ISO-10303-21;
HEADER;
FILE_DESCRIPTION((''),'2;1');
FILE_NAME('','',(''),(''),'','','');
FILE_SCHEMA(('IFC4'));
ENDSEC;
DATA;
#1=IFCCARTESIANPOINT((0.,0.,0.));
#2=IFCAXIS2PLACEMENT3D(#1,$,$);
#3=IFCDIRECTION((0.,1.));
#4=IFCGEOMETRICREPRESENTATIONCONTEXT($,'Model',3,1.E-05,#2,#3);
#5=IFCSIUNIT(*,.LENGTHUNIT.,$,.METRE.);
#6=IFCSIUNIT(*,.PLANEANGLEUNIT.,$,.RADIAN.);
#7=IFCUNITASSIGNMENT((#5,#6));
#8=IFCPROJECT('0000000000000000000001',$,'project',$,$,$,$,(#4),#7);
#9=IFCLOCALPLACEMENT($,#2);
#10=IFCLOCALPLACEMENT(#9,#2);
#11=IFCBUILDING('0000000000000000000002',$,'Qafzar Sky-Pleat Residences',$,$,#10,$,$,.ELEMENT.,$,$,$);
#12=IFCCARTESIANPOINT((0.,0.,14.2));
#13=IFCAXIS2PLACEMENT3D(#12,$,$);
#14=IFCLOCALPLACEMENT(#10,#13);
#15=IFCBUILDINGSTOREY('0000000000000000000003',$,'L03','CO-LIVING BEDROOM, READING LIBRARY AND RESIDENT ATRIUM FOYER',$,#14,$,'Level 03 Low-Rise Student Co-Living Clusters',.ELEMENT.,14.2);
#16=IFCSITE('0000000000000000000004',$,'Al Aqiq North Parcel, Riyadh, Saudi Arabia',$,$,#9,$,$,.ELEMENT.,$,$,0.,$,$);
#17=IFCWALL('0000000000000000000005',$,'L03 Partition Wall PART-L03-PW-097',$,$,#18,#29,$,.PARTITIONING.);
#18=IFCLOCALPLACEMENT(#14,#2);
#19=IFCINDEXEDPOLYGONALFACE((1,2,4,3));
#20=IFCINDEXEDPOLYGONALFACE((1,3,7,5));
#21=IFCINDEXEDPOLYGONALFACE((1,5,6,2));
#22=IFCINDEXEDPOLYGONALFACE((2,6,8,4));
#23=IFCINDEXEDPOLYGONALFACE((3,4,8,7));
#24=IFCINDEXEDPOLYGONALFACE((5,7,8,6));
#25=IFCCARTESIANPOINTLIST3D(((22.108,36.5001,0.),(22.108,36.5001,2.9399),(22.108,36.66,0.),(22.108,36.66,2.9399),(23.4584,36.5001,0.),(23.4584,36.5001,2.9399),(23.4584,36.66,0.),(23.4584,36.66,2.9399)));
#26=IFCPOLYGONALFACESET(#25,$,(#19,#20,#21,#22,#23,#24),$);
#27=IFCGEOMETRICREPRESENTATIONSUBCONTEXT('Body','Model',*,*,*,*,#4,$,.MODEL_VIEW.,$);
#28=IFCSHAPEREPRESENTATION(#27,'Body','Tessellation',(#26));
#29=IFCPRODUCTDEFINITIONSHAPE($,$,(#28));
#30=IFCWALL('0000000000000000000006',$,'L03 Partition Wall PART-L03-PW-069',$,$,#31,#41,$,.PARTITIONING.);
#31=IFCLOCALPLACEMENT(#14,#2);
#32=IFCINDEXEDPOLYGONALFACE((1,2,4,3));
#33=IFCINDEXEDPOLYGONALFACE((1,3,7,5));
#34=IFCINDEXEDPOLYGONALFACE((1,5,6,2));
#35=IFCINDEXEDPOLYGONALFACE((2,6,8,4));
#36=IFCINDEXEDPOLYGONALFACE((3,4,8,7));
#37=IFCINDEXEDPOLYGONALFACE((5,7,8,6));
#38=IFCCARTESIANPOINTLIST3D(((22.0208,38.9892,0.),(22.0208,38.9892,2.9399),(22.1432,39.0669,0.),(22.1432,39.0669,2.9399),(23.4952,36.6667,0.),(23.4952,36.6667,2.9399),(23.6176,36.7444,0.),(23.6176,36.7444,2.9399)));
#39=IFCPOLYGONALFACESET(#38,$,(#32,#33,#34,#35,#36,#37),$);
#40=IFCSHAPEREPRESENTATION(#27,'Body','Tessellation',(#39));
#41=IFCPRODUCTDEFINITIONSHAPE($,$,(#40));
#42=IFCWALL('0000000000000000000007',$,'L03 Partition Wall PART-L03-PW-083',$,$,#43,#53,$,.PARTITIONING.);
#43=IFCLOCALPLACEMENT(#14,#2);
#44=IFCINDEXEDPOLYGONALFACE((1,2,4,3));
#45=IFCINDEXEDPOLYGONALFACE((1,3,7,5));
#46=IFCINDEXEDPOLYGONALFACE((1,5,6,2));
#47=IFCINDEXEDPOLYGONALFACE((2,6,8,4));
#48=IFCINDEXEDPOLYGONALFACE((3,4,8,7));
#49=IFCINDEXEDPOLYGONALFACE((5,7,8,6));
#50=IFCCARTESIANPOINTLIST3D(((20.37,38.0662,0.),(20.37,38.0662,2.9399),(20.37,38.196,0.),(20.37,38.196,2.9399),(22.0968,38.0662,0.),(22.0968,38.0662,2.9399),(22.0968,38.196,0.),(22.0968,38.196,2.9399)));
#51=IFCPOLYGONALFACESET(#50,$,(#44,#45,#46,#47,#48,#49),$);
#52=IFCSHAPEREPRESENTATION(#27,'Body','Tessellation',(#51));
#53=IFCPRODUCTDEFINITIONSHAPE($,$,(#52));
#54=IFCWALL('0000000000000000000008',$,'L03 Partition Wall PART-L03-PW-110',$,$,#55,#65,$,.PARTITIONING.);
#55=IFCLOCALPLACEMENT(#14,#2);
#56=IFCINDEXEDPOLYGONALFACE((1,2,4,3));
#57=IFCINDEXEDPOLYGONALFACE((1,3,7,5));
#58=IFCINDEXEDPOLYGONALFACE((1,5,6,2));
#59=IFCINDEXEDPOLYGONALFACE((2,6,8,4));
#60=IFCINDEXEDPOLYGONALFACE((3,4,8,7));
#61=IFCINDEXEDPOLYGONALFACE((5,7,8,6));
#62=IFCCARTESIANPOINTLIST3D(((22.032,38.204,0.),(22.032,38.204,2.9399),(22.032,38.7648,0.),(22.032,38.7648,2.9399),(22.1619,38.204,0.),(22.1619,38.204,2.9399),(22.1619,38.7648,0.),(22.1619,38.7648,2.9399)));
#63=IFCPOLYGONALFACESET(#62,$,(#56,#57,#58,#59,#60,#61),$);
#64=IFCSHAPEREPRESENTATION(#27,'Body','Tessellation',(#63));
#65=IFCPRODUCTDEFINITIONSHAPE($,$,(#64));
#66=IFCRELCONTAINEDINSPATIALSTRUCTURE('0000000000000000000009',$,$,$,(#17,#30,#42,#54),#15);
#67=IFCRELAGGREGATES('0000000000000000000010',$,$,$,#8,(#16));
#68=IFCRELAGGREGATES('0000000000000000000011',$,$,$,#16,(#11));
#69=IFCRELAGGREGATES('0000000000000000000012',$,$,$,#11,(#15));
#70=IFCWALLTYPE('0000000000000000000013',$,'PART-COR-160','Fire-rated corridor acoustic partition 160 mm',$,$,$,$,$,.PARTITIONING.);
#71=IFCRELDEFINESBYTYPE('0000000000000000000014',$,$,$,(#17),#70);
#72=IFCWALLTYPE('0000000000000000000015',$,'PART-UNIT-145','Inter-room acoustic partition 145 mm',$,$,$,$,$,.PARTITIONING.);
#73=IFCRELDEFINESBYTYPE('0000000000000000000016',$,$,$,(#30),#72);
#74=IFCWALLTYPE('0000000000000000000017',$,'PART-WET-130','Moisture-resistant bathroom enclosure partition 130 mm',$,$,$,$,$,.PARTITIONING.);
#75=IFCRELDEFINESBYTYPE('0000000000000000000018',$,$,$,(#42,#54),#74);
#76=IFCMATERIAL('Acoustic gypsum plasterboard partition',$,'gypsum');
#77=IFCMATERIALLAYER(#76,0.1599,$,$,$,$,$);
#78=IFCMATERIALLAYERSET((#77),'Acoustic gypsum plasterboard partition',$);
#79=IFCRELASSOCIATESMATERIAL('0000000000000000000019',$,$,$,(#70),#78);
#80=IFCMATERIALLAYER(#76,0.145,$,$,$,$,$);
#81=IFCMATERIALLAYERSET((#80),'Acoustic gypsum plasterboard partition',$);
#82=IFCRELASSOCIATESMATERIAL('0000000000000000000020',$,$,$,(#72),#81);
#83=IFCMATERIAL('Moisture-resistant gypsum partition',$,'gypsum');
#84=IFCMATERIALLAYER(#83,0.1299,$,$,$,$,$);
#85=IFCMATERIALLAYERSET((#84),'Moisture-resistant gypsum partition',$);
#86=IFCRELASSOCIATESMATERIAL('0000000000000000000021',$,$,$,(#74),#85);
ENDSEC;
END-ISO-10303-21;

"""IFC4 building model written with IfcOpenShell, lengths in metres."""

from ifc_helpers import new_model, si_unit, direction, frame, frame_2d, origin, place, context, subcontext, project, spatial, rectangle, extrude, material, layer, layer_set, type_object, element, save


model = new_model("IFC4")

# Units and contexts
model_context = context("Model", 3, precision=1e-05, world=origin(), true_north=direction((0.0, 1.0)))
body_context = subcontext(model_context, "Body", "Model", "MODEL_VIEW")
ifc_project = project(units=[si_unit("LENGTHUNIT", "METRE"), si_unit("PLANEANGLEUNIT", "RADIAN")], contexts=[model_context])

# Site, building, storey
site_placement = place(None, origin())
site = spatial("IfcSite", under=ifc_project, at=site_placement, Name="Al Aqiq North Parcel, Riyadh, Saudi Arabia", CompositionType="ELEMENT", RefElevation=0.0)
building_placement = place(site_placement, origin())
building = spatial("IfcBuilding", under=site, at=building_placement, Name="Qafzar Sky-Pleat Residences", CompositionType="ELEMENT")
storey_placement = place(building_placement, frame((0.0, 0.0, 14.2)))
storey = spatial("IfcBuildingStorey", under=building, at=storey_placement, Name="L03", Description="CO-LIVING BEDROOM, READING LIBRARY AND RESIDENT ATRIUM FOYER", LongName="Level 03 Low-Rise Student Co-Living Clusters", CompositionType="ELEMENT", Elevation=14.2)

# Shared definitions
ifc_material_1 = material(Name="Acoustic gypsum plasterboard partition", Category="gypsum")
ifc_layer_1 = layer(ifc_material_1, 0.1599)
ifc_layer_set_1 = layer_set([ifc_layer_1], Name="Acoustic gypsum plasterboard partition")
wall_type_1 = type_object("IfcWallType", Name="PART-COR-160", Description="Fire-rated corridor acoustic partition 160 mm", PredefinedType="PARTITIONING", material=ifc_layer_set_1)

# Walls
wall_1_placement = place(storey_placement, frame((22.1079, 36.5801, 0.0), z_axis=(0.0, 0.0, 1.0), x_axis=(1.0, 0.0, 0.0)))
element("IfcWall", 1, at=wall_1_placement, inside=storey, type_object=wall_type_1, Name="L03 Partition Wall PART-L03-PW-097", PredefinedType="PARTITIONING", context=body_context, shape_type="SweptSolid", body=[
    extrude(rectangle(XDim=1.3503, YDim=0.1599, at=frame_2d((0.6753, 0.0))), origin(), (0.0, 0.0, 1.0), 2.9399),
])
ifc_layer_2 = layer(ifc_material_1, 0.145)
ifc_layer_set_2 = layer_set([ifc_layer_2], Name="Acoustic gypsum plasterboard partition")
wall_type_2 = type_object("IfcWallType", Name="PART-UNIT-145", Description="Inter-room acoustic partition 145 mm", PredefinedType="PARTITIONING", material=ifc_layer_set_2)
wall_2_placement = place(storey_placement, frame((22.082, 39.0281, 0.0), z_axis=(0.0, 0.0, 1.0), x_axis=(0.535945, -0.844253, 0.0)))
element("IfcWall", 2, at=wall_2_placement, inside=storey, type_object=wall_type_2, Name="L03 Partition Wall PART-L03-PW-069", PredefinedType="PARTITIONING", context=body_context, shape_type="SweptSolid", body=[
    extrude(rectangle(XDim=2.751, YDim=0.145, at=frame_2d((1.3755, 0.0))), origin(), (0.0, 0.0, 1.0), 2.9399),
])
ifc_material_2 = material(Name="Moisture-resistant gypsum partition", Category="gypsum")
ifc_layer_3 = layer(ifc_material_2, 0.1299)
ifc_layer_set_3 = layer_set([ifc_layer_3], Name="Moisture-resistant gypsum partition")
wall_type_3 = type_object("IfcWallType", Name="PART-WET-130", Description="Moisture-resistant bathroom enclosure partition 130 mm", PredefinedType="PARTITIONING", material=ifc_layer_set_3)
wall_3_placement = place(storey_placement, frame((20.3701, 38.1311, 0.0), z_axis=(0.0, 0.0, 1.0), x_axis=(1.0, 0.0, 0.0)))
element("IfcWall", 3, at=wall_3_placement, inside=storey, type_object=wall_type_3, Name="L03 Partition Wall PART-L03-PW-083", PredefinedType="PARTITIONING", context=body_context, shape_type="SweptSolid", body=[
    extrude(rectangle(XDim=1.7268, YDim=0.1299, at=frame_2d((0.8633, 0.0))), origin(), (0.0, 0.0, 1.0), 2.9399),
])
wall_4_placement = place(storey_placement, frame((22.0969, 38.2041, 0.0), z_axis=(0.0, 0.0, 1.0), x_axis=(0.0, 1.0, 0.0)))
element("IfcWall", 4, at=wall_4_placement, inside=storey, type_object=wall_type_3, Name="L03 Partition Wall PART-L03-PW-110", PredefinedType="PARTITIONING", context=body_context, shape_type="SweptSolid", body=[
    extrude(rectangle(XDim=0.5608, YDim=0.1299, at=frame_2d((0.2803, 0.0))), origin(), (0.0, 0.0, 1.0), 2.9399),
])

save(model, "model.ifc")
